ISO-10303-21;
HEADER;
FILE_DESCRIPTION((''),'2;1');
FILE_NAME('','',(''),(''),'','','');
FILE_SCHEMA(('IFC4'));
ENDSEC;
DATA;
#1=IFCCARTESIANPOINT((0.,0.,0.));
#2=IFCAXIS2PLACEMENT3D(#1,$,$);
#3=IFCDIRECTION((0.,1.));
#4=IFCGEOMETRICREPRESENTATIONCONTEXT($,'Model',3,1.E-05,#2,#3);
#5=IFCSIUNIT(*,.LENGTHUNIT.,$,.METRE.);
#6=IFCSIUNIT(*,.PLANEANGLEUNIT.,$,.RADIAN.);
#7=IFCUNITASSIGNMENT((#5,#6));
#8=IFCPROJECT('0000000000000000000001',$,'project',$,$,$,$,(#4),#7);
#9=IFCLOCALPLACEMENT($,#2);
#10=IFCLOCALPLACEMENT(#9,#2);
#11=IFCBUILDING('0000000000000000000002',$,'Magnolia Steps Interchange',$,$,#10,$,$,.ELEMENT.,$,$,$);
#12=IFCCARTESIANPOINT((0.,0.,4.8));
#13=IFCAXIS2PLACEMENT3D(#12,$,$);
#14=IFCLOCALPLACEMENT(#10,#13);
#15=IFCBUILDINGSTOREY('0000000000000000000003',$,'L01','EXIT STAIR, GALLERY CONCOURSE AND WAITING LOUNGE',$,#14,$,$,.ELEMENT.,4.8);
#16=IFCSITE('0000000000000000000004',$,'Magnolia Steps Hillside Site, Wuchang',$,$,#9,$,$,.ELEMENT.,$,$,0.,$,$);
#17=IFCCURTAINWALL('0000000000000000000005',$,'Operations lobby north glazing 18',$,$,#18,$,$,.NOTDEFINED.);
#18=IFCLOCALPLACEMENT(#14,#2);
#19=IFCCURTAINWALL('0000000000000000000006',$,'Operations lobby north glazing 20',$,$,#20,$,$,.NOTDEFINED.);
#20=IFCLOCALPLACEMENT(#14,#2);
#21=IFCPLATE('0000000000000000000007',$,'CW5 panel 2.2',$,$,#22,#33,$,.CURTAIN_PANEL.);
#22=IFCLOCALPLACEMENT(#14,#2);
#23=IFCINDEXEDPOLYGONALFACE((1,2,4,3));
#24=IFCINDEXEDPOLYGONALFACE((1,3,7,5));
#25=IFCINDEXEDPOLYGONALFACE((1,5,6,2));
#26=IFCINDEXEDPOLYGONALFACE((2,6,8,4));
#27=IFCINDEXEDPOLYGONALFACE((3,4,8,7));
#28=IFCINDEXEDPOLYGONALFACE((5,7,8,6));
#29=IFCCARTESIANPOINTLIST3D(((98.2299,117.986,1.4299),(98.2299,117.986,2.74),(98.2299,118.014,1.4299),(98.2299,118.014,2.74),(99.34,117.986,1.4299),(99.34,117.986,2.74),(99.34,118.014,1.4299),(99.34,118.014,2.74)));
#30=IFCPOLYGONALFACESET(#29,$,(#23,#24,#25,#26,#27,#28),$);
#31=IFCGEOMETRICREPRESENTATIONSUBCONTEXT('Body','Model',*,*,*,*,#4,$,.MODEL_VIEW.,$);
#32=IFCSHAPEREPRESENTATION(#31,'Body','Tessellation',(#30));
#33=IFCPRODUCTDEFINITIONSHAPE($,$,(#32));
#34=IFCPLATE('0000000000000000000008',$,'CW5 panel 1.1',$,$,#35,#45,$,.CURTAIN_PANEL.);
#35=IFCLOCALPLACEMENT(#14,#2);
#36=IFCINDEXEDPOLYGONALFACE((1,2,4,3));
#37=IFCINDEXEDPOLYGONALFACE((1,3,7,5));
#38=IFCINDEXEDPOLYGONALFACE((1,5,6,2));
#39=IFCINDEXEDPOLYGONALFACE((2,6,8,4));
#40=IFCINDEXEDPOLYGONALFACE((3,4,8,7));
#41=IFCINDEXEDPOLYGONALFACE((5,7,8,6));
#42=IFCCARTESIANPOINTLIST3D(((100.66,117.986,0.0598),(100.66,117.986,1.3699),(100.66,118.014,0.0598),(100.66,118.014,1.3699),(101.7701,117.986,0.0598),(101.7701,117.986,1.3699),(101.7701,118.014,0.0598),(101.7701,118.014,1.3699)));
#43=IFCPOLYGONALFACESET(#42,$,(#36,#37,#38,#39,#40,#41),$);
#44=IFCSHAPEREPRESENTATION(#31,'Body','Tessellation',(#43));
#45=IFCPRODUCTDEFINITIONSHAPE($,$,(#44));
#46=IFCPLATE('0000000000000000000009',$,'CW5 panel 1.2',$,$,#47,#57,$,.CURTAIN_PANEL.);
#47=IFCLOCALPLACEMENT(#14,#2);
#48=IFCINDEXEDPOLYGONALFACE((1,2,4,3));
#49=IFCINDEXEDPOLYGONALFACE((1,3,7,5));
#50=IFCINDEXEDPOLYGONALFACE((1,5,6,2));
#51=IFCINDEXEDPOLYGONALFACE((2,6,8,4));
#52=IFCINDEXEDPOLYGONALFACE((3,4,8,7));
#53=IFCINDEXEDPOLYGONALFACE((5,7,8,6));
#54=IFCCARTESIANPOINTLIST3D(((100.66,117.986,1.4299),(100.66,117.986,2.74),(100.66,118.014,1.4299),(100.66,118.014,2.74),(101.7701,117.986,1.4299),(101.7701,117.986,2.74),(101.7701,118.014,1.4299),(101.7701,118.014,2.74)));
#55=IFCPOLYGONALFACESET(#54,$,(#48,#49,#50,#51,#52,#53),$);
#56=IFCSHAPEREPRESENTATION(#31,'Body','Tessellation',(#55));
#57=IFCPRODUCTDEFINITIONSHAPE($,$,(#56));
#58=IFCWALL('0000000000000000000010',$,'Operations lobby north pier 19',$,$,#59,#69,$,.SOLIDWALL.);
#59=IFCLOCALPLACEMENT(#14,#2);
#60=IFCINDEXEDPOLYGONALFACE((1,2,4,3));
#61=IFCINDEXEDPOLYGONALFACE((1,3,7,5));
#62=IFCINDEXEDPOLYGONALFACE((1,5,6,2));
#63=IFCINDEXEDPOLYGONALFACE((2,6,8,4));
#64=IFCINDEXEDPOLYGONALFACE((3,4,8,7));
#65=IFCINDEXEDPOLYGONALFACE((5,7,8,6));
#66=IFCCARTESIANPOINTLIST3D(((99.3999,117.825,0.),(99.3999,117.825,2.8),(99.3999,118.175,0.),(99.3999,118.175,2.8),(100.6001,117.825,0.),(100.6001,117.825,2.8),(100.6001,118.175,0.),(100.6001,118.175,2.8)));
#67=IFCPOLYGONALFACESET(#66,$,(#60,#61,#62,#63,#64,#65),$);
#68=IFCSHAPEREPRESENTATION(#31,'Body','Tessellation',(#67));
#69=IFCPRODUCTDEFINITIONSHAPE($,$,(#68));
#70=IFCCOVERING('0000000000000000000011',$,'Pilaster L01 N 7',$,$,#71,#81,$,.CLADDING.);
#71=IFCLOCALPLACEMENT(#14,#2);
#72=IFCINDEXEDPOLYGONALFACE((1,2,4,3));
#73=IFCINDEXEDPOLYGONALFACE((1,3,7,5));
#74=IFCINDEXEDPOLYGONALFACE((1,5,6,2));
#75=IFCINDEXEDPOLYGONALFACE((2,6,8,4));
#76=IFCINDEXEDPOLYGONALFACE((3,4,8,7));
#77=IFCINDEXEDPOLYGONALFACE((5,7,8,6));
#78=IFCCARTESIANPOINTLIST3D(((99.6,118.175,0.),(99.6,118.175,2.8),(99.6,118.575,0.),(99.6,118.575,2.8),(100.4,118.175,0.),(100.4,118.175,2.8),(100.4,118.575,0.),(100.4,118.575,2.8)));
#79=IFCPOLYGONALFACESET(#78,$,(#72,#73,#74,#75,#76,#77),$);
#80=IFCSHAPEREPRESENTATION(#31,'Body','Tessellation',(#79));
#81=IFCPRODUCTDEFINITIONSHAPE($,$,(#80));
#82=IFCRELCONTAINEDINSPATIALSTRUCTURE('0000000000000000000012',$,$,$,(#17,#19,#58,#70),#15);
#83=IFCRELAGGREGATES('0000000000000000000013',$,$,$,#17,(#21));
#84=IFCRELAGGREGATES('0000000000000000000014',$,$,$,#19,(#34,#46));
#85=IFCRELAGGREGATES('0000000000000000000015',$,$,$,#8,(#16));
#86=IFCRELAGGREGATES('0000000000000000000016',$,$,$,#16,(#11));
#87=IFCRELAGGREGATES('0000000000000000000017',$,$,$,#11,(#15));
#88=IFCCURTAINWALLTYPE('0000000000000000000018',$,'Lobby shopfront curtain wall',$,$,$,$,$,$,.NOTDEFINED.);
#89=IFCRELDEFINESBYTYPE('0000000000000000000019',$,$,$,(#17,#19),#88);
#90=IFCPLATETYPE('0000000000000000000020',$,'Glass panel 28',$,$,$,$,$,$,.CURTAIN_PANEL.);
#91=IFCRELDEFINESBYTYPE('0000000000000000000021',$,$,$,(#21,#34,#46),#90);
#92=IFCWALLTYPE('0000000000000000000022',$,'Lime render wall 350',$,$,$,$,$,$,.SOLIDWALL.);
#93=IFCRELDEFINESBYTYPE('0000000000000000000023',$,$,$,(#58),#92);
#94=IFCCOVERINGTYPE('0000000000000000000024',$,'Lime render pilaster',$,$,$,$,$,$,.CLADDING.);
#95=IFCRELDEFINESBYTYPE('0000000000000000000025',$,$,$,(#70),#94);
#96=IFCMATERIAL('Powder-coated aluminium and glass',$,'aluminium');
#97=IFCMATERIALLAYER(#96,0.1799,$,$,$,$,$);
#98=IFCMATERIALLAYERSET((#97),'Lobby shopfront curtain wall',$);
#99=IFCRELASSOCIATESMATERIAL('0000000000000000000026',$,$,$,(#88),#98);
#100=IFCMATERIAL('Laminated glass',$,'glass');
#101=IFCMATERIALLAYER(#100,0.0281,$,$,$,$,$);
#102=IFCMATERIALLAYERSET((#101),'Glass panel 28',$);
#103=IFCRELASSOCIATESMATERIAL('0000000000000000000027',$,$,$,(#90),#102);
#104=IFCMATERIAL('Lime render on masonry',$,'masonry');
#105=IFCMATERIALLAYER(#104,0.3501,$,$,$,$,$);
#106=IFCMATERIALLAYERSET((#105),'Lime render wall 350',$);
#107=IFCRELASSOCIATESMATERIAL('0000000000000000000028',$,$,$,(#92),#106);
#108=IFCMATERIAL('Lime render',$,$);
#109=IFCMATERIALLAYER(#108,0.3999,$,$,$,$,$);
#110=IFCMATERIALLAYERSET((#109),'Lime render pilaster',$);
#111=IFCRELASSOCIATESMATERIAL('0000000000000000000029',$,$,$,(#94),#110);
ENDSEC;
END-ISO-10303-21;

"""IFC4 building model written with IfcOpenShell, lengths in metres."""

from ifc_helpers import new_model, si_unit, direction, frame, frame_2d, origin, origin_2d, place, context, subcontext, project, spatial, rectangle, extrude, material, layer, layer_set, type_object, element, aggregate, save


model = new_model("IFC4")

# Units and contexts
model_context = context("Model", 3, precision=1e-05, world=origin(), true_north=direction((0.0, 1.0)))
body_context = subcontext(model_context, "Body", "Model", "MODEL_VIEW")
ifc_project = project(units=[si_unit("LENGTHUNIT", "METRE"), si_unit("PLANEANGLEUNIT", "RADIAN")], contexts=[model_context])

# Site, building, storey
site_placement = place(None, origin())
site = spatial("IfcSite", under=ifc_project, at=site_placement, Name="Magnolia Steps Hillside Site, Wuchang", CompositionType="ELEMENT", RefElevation=0.0)
building_placement = place(site_placement, origin())
building = spatial("IfcBuilding", under=site, at=building_placement, Name="Magnolia Steps Interchange", CompositionType="ELEMENT")
storey_placement = place(building_placement, frame((0.0, 0.0, 4.8)))
storey = spatial("IfcBuildingStorey", under=building, at=storey_placement, Name="L01", Description="EXIT STAIR, GALLERY CONCOURSE AND WAITING LOUNGE", CompositionType="ELEMENT", Elevation=4.8)

# Curtain wall
ifc_material_1 = material(Name="Powder-coated aluminium and glass", Category="aluminium")
ifc_layer_1 = layer(ifc_material_1, 0.1799)
ifc_layer_set_1 = layer_set([ifc_layer_1], Name="Lobby shopfront curtain wall")
curtain_wall_type = type_object("IfcCurtainWallType", Name="Lobby shopfront curtain wall", PredefinedType="NOTDEFINED", material=ifc_layer_set_1)
curtain_wall_1_placement = place(storey_placement, origin())
curtain_wall_1 = element("IfcCurtainWall", 1, at=curtain_wall_1_placement, inside=storey, type_object=curtain_wall_type, Name="Operations lobby north glazing 18", PredefinedType="NOTDEFINED")

# Curtain wall
curtain_wall_2_placement = place(storey_placement, origin())
curtain_wall_2 = element("IfcCurtainWall", 2, at=curtain_wall_2_placement, inside=storey, type_object=curtain_wall_type, Name="Operations lobby north glazing 20", PredefinedType="NOTDEFINED")

# Plates
ifc_material_2 = material(Name="Laminated glass", Category="glass")
ifc_layer_2 = layer(ifc_material_2, 0.0281)
ifc_layer_set_2 = layer_set([ifc_layer_2], Name="Glass panel 28")
plate_type = type_object("IfcPlateType", Name="Glass panel 28", PredefinedType="CURTAIN_PANEL", material=ifc_layer_set_2)
plate_1_placement = place(storey_placement, frame((98.7849, 118.0, 1.4299), z_axis=(0.0, 0.0, 1.0), x_axis=(1.0, 0.0, 0.0)))
plate_1 = element("IfcPlate", 3, at=plate_1_placement, type_object=plate_type, Name="CW5 panel 2.2", PredefinedType="CURTAIN_PANEL", context=body_context, shape_type="SweptSolid", body=[
    extrude(rectangle(XDim=1.1101, YDim=0.0281, at=origin_2d()), origin(), (0.0, 0.0, 1.0), 1.3101),
])
aggregate(curtain_wall_1, [plate_1])
plate_2_placement = place(storey_placement, frame((101.2151, 118.0, 0.0598), z_axis=(0.0, 0.0, 1.0), x_axis=(1.0, 0.0, 0.0)))
plate_2 = element("IfcPlate", 4, at=plate_2_placement, type_object=plate_type, Name="CW5 panel 1.1", PredefinedType="CURTAIN_PANEL", context=body_context, shape_type="SweptSolid", body=[
    extrude(rectangle(XDim=1.1101, YDim=0.0281, at=origin_2d()), origin(), (0.0, 0.0, 1.0), 1.3101),
])
plate_3_placement = place(storey_placement, frame((101.2151, 118.0, 1.4299), z_axis=(0.0, 0.0, 1.0), x_axis=(1.0, 0.0, 0.0)))
plate_3 = element("IfcPlate", 5, at=plate_3_placement, type_object=plate_type, Name="CW5 panel 1.2", PredefinedType="CURTAIN_PANEL", context=body_context, shape_type="SweptSolid", body=[
    extrude(rectangle(XDim=1.1101, YDim=0.0281, at=origin_2d()), origin(), (0.0, 0.0, 1.0), 1.3101),
])
aggregate(curtain_wall_2, [plate_2, plate_3])

# Wall
ifc_material_3 = material(Name="Lime render on masonry", Category="masonry")
ifc_layer_3 = layer(ifc_material_3, 0.3501)
ifc_layer_set_3 = layer_set([ifc_layer_3], Name="Lime render wall 350")
wall_type = type_object("IfcWallType", Name="Lime render wall 350", PredefinedType="SOLIDWALL", material=ifc_layer_set_3)
wall_placement = place(storey_placement, frame((99.3999, 118.0, 0.0), z_axis=(0.0, 0.0, 1.0), x_axis=(1.0, 0.0, 0.0)))
element("IfcWall", 6, at=wall_placement, inside=storey, type_object=wall_type, Name="Operations lobby north pier 19", PredefinedType="SOLIDWALL", context=body_context, shape_type="SweptSolid", body=[
    extrude(rectangle(XDim=1.2002, YDim=0.3501, at=frame_2d((0.6001, 0.0))), origin(), (0.0, 0.0, 1.0), 2.8),
])

# Covering
ifc_material_4 = material(Name="Lime render")
ifc_layer_4 = layer(ifc_material_4, 0.3999)
ifc_layer_set_4 = layer_set([ifc_layer_4], Name="Lime render pilaster")
covering_type_1 = type_object("IfcCoveringType", Name="Lime render pilaster", PredefinedType="CLADDING", material=ifc_layer_set_4)
covering_1_placement = place(storey_placement, frame((100.0, 118.375, 0.0), z_axis=(0.0, 0.0, 1.0), x_axis=(1.0, 0.0, 0.0)))
element("IfcCovering", 7, at=covering_1_placement, inside=storey, type_object=covering_type_1, Name="Pilaster L01 N 7", PredefinedType="CLADDING", context=body_context, shape_type="SweptSolid", body=[
    extrude(rectangle(XDim=0.8, YDim=0.3999, at=origin_2d()), origin(), (0.0, 0.0, 1.0), 2.8),
])

save(model, "model.ifc")
